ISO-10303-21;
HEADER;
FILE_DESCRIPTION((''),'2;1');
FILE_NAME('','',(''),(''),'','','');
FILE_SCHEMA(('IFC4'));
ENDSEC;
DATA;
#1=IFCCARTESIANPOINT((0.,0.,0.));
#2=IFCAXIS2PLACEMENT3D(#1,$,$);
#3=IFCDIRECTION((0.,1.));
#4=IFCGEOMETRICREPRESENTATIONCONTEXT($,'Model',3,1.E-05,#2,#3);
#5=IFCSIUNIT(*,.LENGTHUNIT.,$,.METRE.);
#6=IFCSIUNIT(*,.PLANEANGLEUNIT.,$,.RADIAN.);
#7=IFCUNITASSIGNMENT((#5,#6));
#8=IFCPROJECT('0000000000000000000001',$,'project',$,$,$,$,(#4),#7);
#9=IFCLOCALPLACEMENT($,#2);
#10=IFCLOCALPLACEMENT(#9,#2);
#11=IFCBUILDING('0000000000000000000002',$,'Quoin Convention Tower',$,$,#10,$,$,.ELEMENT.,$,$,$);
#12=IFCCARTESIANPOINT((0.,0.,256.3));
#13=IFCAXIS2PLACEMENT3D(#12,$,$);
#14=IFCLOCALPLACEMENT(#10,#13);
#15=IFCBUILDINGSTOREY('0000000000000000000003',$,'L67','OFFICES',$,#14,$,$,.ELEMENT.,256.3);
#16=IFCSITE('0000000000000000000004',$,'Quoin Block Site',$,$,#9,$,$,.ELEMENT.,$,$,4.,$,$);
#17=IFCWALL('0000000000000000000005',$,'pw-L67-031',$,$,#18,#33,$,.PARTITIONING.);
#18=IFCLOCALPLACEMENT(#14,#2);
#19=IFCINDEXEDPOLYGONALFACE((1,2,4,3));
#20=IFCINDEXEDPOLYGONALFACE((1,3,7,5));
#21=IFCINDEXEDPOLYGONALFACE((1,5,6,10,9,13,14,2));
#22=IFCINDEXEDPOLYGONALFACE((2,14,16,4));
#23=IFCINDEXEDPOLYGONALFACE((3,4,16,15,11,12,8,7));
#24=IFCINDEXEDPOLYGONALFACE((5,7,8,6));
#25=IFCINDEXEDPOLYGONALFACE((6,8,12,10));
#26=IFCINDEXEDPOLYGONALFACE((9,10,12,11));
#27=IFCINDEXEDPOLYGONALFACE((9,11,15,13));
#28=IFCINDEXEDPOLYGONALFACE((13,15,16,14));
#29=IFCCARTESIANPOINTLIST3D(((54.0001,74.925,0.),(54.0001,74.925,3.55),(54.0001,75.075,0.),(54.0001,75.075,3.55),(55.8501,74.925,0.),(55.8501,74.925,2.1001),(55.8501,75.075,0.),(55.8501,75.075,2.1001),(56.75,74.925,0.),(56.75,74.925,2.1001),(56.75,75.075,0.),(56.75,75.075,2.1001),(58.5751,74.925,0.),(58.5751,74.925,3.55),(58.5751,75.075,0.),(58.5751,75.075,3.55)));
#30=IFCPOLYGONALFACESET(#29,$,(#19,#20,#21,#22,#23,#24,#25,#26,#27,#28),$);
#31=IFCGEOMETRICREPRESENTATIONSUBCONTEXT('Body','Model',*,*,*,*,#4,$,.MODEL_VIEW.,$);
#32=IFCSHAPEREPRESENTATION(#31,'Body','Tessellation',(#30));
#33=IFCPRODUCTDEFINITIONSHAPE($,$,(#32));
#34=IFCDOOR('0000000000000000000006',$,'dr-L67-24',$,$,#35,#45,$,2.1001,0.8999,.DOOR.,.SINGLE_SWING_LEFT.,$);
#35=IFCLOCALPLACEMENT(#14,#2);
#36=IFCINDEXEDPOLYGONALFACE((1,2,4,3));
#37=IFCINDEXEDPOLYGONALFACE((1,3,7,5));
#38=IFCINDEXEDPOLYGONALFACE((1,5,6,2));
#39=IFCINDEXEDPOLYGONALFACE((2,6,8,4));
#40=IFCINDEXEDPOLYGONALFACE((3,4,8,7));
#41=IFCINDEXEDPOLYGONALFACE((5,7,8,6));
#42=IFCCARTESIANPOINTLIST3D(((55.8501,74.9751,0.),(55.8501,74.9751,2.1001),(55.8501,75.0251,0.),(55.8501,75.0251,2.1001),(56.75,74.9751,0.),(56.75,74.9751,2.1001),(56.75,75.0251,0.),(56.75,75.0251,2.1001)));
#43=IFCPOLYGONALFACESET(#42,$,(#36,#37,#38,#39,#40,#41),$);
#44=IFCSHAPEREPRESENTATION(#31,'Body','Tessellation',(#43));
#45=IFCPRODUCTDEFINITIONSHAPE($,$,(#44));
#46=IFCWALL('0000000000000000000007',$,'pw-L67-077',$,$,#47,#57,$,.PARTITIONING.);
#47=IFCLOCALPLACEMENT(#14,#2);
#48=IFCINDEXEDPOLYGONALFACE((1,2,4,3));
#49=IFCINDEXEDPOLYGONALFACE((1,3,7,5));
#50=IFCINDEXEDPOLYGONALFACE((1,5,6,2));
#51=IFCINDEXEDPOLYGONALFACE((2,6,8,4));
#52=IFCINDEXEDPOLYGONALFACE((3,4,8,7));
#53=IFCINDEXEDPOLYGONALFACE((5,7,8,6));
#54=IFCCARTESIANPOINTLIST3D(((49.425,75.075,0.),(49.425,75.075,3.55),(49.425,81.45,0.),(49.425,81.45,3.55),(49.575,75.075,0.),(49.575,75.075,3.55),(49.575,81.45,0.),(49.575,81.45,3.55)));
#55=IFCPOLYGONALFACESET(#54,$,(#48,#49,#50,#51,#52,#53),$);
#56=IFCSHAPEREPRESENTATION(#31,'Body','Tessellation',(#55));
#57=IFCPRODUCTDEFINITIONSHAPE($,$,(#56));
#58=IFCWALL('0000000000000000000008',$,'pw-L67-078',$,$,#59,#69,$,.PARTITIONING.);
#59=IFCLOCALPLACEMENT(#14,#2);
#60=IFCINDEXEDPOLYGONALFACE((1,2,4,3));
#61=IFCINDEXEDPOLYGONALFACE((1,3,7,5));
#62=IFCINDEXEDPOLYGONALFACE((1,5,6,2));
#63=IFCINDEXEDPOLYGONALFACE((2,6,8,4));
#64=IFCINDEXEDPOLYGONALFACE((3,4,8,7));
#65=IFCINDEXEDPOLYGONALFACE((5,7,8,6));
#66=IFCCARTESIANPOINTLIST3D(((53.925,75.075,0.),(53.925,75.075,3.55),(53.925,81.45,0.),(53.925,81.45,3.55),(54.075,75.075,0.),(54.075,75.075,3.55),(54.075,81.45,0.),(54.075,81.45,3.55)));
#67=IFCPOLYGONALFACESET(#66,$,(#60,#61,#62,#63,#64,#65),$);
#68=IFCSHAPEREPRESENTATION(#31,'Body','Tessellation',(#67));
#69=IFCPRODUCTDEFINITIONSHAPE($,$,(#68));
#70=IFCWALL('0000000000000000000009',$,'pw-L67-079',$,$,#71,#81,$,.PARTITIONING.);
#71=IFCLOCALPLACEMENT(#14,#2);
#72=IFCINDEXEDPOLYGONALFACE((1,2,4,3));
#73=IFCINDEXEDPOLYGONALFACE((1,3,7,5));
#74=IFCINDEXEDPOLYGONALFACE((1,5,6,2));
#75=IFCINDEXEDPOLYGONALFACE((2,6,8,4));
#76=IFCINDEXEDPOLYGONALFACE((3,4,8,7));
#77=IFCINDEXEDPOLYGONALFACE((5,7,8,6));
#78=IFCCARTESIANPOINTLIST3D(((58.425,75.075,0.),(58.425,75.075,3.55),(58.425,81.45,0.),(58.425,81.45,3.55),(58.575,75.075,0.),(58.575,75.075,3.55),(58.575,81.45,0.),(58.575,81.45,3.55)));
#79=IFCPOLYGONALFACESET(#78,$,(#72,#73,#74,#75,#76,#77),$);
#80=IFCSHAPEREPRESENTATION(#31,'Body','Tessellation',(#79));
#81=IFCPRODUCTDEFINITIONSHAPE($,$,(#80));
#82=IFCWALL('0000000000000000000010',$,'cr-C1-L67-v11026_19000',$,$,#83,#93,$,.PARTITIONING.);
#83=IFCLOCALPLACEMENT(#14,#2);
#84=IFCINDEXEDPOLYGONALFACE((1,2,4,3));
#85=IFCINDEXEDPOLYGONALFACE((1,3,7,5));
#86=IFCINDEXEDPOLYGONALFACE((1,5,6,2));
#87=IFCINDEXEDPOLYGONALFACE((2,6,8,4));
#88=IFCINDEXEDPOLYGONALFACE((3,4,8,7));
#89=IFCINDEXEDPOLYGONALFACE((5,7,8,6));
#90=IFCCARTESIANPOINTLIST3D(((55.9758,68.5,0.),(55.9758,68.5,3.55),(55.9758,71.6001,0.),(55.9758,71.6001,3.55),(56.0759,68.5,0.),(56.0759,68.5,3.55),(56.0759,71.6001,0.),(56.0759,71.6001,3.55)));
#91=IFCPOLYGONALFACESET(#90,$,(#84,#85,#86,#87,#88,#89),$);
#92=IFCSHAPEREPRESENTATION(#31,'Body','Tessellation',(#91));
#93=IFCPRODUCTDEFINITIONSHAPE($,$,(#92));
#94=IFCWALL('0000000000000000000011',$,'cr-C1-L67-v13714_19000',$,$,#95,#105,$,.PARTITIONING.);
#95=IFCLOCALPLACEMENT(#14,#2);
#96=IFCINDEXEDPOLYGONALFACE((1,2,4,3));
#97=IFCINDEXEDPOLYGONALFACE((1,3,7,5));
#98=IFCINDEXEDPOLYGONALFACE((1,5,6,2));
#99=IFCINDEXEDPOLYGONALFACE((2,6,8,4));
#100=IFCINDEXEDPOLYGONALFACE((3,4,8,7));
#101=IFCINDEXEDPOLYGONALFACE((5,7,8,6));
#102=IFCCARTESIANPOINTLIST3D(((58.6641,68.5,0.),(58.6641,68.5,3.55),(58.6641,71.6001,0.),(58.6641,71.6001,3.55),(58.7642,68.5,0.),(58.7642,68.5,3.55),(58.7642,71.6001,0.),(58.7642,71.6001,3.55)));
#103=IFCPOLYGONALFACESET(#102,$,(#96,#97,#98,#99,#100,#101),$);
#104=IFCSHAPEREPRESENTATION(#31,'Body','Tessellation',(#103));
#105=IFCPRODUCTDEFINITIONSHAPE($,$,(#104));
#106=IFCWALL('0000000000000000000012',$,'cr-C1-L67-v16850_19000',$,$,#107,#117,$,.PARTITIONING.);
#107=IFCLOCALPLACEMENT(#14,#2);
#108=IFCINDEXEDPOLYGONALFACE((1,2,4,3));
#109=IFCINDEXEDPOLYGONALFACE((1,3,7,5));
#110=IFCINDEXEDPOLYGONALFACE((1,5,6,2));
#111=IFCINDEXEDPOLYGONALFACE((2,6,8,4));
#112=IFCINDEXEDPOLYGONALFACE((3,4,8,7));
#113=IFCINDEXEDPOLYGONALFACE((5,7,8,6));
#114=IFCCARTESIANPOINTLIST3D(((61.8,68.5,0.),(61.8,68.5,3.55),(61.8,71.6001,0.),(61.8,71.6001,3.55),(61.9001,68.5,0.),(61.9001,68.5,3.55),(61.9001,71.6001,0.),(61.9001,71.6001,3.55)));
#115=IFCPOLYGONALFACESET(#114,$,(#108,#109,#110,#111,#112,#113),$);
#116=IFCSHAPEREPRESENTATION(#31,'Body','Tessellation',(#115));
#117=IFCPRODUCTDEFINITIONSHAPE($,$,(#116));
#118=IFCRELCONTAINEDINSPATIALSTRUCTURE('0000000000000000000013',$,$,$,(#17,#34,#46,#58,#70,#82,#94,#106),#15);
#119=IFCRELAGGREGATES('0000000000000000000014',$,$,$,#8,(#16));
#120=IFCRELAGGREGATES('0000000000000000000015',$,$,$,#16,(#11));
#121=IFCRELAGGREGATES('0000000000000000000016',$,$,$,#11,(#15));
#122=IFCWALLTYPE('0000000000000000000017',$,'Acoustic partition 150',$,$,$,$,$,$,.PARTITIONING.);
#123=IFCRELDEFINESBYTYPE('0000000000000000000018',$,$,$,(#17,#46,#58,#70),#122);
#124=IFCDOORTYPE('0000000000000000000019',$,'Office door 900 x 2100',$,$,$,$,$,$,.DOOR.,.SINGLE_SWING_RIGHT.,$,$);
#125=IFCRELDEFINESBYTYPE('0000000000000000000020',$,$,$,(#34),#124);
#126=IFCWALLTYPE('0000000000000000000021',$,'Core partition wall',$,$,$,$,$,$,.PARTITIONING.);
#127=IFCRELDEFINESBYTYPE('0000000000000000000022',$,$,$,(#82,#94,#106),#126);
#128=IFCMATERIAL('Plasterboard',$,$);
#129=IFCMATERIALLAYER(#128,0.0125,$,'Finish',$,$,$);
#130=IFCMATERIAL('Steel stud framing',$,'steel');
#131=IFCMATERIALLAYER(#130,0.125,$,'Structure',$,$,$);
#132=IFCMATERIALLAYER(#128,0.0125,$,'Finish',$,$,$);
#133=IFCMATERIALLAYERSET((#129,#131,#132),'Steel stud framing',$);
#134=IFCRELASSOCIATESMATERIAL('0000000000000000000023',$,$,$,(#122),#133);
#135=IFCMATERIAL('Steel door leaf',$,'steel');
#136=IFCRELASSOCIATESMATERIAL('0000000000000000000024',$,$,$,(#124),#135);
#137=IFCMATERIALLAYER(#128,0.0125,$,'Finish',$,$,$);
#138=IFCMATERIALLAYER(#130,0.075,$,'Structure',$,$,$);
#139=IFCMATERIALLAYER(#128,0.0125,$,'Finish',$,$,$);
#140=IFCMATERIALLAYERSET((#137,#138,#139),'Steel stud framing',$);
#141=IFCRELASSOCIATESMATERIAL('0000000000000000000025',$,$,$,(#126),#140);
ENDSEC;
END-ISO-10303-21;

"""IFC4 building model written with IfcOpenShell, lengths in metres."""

from ifc_helpers import new_model, si_unit, direction, frame, frame_2d, origin, place, context, subcontext, project, spatial, rectangle, extrude, material, layer, layer_set, type_object, element, fill, save


model = new_model("IFC4")

# Units and contexts
model_context = context("Model", 3, precision=1e-05, world=origin(), true_north=direction((0.0, 1.0)))
body_context = subcontext(model_context, "Body", "Model", "MODEL_VIEW")
ifc_project = project(units=[si_unit("LENGTHUNIT", "METRE"), si_unit("PLANEANGLEUNIT", "RADIAN")], contexts=[model_context])

# Site, building, storey
site_placement = place(None, origin())
site = spatial("IfcSite", under=ifc_project, at=site_placement, Name="Quoin Block Site", CompositionType="ELEMENT", RefElevation=4.0)
building_placement = place(site_placement, origin())
building = spatial("IfcBuilding", under=site, at=building_placement, Name="Quoin Convention Tower", CompositionType="ELEMENT")
storey_placement = place(building_placement, frame((0.0, 0.0, 256.3)))
storey = spatial("IfcBuildingStorey", under=building, at=storey_placement, Name="L67", Description="OFFICES", CompositionType="ELEMENT", Elevation=256.3)

# Wall, opening, door
ifc_material_1 = material(Name="Plasterboard")
ifc_layer_1 = layer(ifc_material_1, 0.0125, Name="Finish")
ifc_material_2 = material(Name="Steel stud framing", Category="steel")
ifc_layer_2 = layer(ifc_material_2, 0.125, Name="Structure")
ifc_layer_3 = layer(ifc_material_1, 0.0125, Name="Finish")
ifc_layer_set_1 = layer_set([ifc_layer_1, ifc_layer_2, ifc_layer_3], Name="Steel stud framing")
wall_type_1 = type_object("IfcWallType", Name="Acoustic partition 150", PredefinedType="PARTITIONING", material=ifc_layer_set_1)
ifc_material_3 = material(Name="Steel door leaf", Category="steel")
door_type = type_object("IfcDoorType", Name="Office door 900 x 2100", OperationType="SINGLE_SWING_RIGHT", PredefinedType="DOOR", material=ifc_material_3)
wall_1_placement = place(storey_placement, frame((54.0, 75.0, 0.0), z_axis=(0.0, 0.0, 1.0), x_axis=(1.0, 0.0, 0.0)))
wall_1 = element("IfcWall", 1, at=wall_1_placement, inside=storey, type_object=wall_type_1, Name="pw-L67-031", PredefinedType="PARTITIONING", context=body_context, shape_type="SweptSolid", body=[
    extrude(rectangle(XDim=4.575, YDim=0.1499, at=frame_2d((2.2876, 0.0))), origin(), (0.0, 0.0, 1.0), 3.55),
])
opening_1_placement = place(wall_1_placement, frame((1.8501, 0.0, 0.0)))
opening_1 = element("IfcOpeningElement", 2, at=opening_1_placement, cuts=wall_1, PredefinedType="OPENING", context=body_context, shape_type="SweptSolid", body=[
    extrude(rectangle(XDim=0.8999, YDim=2.1001, at=frame_2d((0.45, 1.05))), frame((0.0, 0.085, 0.0), z_axis=(0.0, -1.0, 0.0), x_axis=(1.0, 0.0, 0.0)), (0.0, 0.0, 1.0), 0.1699),
])
door_1_placement = place(opening_1_placement, frame((0.8999, 0.0, 0.0), z_axis=(0.0, 0.0, 1.0), x_axis=(-1.0, 0.0, 0.0)))
door_1 = element("IfcDoor", 3, at=door_1_placement, inside=storey, type_object=door_type, Name="dr-L67-24", OperationType="SINGLE_SWING_LEFT", OverallHeight=2.1001, OverallWidth=0.8999, PredefinedType="DOOR", context=body_context, shape_type="SweptSolid", body=[
    extrude(rectangle(XDim=0.8999, YDim=2.1001, at=frame_2d((0.45, 1.05))), frame((0.0, 0.0249, 0.0), z_axis=(0.0, -1.0, 0.0), x_axis=(1.0, 0.0, 0.0)), (0.0, 0.0, 1.0), 0.05),
])
fill(opening_1, door_1)

# Walls
for number, where, z_axis, x_axis, name in (
    (4, (49.5, 75.075, 0.0), (0.0, 0.0, 1.0), (0.0, 1.0, 0.0), "pw-L67-077"),
    (5, (54.0, 75.075, 0.0), (0.0, 0.0, 1.0), (0.0, 1.0, 0.0), "pw-L67-078"),
    (6, (58.5, 75.075, 0.0), (0.0, 0.0, 1.0), (0.0, 1.0, 0.0), "pw-L67-079"),
):
    element("IfcWall", number, at=place(storey_placement, frame(where, z_axis=z_axis, x_axis=x_axis)), inside=storey, type_object=wall_type_1, Name=name, PredefinedType="PARTITIONING", context=body_context, shape_type="SweptSolid", body=[
        extrude(rectangle(XDim=6.375, YDim=0.1499, at=frame_2d((3.1875, 0.0))), origin(), (0.0, 0.0, 1.0), 3.55),
    ])
ifc_layer_4 = layer(ifc_material_1, 0.0125, Name="Finish")
ifc_layer_5 = layer(ifc_material_2, 0.075, Name="Structure")
ifc_layer_6 = layer(ifc_material_1, 0.0125, Name="Finish")
ifc_layer_set_2 = layer_set([ifc_layer_4, ifc_layer_5, ifc_layer_6], Name="Steel stud framing")
wall_type_2 = type_object("IfcWallType", Name="Core partition wall", PredefinedType="PARTITIONING", material=ifc_layer_set_2)
for number, where, z_axis, x_axis, name in (
    (7, (56.0259, 68.5, 0.0), (0.0, 0.0, 1.0), (0.0, 1.0, 0.0), "cr-C1-L67-v11026_19000"),
    (8, (58.7141, 68.5, 0.0), (0.0, 0.0, 1.0), (0.0, 1.0, 0.0), "cr-C1-L67-v13714_19000"),
    (9, (61.8501, 68.5, 0.0), (0.0, 0.0, 1.0), (0.0, 1.0, 0.0), "cr-C1-L67-v16850_19000"),
):
    element("IfcWall", number, at=place(storey_placement, frame(where, z_axis=z_axis, x_axis=x_axis)), inside=storey, type_object=wall_type_2, Name=name, PredefinedType="PARTITIONING", context=body_context, shape_type="SweptSolid", body=[
        extrude(rectangle(XDim=3.1001, YDim=0.1001, at=frame_2d((1.55, 0.0))), origin(), (0.0, 0.0, 1.0), 3.55),
    ])

save(model, "model.ifc")
